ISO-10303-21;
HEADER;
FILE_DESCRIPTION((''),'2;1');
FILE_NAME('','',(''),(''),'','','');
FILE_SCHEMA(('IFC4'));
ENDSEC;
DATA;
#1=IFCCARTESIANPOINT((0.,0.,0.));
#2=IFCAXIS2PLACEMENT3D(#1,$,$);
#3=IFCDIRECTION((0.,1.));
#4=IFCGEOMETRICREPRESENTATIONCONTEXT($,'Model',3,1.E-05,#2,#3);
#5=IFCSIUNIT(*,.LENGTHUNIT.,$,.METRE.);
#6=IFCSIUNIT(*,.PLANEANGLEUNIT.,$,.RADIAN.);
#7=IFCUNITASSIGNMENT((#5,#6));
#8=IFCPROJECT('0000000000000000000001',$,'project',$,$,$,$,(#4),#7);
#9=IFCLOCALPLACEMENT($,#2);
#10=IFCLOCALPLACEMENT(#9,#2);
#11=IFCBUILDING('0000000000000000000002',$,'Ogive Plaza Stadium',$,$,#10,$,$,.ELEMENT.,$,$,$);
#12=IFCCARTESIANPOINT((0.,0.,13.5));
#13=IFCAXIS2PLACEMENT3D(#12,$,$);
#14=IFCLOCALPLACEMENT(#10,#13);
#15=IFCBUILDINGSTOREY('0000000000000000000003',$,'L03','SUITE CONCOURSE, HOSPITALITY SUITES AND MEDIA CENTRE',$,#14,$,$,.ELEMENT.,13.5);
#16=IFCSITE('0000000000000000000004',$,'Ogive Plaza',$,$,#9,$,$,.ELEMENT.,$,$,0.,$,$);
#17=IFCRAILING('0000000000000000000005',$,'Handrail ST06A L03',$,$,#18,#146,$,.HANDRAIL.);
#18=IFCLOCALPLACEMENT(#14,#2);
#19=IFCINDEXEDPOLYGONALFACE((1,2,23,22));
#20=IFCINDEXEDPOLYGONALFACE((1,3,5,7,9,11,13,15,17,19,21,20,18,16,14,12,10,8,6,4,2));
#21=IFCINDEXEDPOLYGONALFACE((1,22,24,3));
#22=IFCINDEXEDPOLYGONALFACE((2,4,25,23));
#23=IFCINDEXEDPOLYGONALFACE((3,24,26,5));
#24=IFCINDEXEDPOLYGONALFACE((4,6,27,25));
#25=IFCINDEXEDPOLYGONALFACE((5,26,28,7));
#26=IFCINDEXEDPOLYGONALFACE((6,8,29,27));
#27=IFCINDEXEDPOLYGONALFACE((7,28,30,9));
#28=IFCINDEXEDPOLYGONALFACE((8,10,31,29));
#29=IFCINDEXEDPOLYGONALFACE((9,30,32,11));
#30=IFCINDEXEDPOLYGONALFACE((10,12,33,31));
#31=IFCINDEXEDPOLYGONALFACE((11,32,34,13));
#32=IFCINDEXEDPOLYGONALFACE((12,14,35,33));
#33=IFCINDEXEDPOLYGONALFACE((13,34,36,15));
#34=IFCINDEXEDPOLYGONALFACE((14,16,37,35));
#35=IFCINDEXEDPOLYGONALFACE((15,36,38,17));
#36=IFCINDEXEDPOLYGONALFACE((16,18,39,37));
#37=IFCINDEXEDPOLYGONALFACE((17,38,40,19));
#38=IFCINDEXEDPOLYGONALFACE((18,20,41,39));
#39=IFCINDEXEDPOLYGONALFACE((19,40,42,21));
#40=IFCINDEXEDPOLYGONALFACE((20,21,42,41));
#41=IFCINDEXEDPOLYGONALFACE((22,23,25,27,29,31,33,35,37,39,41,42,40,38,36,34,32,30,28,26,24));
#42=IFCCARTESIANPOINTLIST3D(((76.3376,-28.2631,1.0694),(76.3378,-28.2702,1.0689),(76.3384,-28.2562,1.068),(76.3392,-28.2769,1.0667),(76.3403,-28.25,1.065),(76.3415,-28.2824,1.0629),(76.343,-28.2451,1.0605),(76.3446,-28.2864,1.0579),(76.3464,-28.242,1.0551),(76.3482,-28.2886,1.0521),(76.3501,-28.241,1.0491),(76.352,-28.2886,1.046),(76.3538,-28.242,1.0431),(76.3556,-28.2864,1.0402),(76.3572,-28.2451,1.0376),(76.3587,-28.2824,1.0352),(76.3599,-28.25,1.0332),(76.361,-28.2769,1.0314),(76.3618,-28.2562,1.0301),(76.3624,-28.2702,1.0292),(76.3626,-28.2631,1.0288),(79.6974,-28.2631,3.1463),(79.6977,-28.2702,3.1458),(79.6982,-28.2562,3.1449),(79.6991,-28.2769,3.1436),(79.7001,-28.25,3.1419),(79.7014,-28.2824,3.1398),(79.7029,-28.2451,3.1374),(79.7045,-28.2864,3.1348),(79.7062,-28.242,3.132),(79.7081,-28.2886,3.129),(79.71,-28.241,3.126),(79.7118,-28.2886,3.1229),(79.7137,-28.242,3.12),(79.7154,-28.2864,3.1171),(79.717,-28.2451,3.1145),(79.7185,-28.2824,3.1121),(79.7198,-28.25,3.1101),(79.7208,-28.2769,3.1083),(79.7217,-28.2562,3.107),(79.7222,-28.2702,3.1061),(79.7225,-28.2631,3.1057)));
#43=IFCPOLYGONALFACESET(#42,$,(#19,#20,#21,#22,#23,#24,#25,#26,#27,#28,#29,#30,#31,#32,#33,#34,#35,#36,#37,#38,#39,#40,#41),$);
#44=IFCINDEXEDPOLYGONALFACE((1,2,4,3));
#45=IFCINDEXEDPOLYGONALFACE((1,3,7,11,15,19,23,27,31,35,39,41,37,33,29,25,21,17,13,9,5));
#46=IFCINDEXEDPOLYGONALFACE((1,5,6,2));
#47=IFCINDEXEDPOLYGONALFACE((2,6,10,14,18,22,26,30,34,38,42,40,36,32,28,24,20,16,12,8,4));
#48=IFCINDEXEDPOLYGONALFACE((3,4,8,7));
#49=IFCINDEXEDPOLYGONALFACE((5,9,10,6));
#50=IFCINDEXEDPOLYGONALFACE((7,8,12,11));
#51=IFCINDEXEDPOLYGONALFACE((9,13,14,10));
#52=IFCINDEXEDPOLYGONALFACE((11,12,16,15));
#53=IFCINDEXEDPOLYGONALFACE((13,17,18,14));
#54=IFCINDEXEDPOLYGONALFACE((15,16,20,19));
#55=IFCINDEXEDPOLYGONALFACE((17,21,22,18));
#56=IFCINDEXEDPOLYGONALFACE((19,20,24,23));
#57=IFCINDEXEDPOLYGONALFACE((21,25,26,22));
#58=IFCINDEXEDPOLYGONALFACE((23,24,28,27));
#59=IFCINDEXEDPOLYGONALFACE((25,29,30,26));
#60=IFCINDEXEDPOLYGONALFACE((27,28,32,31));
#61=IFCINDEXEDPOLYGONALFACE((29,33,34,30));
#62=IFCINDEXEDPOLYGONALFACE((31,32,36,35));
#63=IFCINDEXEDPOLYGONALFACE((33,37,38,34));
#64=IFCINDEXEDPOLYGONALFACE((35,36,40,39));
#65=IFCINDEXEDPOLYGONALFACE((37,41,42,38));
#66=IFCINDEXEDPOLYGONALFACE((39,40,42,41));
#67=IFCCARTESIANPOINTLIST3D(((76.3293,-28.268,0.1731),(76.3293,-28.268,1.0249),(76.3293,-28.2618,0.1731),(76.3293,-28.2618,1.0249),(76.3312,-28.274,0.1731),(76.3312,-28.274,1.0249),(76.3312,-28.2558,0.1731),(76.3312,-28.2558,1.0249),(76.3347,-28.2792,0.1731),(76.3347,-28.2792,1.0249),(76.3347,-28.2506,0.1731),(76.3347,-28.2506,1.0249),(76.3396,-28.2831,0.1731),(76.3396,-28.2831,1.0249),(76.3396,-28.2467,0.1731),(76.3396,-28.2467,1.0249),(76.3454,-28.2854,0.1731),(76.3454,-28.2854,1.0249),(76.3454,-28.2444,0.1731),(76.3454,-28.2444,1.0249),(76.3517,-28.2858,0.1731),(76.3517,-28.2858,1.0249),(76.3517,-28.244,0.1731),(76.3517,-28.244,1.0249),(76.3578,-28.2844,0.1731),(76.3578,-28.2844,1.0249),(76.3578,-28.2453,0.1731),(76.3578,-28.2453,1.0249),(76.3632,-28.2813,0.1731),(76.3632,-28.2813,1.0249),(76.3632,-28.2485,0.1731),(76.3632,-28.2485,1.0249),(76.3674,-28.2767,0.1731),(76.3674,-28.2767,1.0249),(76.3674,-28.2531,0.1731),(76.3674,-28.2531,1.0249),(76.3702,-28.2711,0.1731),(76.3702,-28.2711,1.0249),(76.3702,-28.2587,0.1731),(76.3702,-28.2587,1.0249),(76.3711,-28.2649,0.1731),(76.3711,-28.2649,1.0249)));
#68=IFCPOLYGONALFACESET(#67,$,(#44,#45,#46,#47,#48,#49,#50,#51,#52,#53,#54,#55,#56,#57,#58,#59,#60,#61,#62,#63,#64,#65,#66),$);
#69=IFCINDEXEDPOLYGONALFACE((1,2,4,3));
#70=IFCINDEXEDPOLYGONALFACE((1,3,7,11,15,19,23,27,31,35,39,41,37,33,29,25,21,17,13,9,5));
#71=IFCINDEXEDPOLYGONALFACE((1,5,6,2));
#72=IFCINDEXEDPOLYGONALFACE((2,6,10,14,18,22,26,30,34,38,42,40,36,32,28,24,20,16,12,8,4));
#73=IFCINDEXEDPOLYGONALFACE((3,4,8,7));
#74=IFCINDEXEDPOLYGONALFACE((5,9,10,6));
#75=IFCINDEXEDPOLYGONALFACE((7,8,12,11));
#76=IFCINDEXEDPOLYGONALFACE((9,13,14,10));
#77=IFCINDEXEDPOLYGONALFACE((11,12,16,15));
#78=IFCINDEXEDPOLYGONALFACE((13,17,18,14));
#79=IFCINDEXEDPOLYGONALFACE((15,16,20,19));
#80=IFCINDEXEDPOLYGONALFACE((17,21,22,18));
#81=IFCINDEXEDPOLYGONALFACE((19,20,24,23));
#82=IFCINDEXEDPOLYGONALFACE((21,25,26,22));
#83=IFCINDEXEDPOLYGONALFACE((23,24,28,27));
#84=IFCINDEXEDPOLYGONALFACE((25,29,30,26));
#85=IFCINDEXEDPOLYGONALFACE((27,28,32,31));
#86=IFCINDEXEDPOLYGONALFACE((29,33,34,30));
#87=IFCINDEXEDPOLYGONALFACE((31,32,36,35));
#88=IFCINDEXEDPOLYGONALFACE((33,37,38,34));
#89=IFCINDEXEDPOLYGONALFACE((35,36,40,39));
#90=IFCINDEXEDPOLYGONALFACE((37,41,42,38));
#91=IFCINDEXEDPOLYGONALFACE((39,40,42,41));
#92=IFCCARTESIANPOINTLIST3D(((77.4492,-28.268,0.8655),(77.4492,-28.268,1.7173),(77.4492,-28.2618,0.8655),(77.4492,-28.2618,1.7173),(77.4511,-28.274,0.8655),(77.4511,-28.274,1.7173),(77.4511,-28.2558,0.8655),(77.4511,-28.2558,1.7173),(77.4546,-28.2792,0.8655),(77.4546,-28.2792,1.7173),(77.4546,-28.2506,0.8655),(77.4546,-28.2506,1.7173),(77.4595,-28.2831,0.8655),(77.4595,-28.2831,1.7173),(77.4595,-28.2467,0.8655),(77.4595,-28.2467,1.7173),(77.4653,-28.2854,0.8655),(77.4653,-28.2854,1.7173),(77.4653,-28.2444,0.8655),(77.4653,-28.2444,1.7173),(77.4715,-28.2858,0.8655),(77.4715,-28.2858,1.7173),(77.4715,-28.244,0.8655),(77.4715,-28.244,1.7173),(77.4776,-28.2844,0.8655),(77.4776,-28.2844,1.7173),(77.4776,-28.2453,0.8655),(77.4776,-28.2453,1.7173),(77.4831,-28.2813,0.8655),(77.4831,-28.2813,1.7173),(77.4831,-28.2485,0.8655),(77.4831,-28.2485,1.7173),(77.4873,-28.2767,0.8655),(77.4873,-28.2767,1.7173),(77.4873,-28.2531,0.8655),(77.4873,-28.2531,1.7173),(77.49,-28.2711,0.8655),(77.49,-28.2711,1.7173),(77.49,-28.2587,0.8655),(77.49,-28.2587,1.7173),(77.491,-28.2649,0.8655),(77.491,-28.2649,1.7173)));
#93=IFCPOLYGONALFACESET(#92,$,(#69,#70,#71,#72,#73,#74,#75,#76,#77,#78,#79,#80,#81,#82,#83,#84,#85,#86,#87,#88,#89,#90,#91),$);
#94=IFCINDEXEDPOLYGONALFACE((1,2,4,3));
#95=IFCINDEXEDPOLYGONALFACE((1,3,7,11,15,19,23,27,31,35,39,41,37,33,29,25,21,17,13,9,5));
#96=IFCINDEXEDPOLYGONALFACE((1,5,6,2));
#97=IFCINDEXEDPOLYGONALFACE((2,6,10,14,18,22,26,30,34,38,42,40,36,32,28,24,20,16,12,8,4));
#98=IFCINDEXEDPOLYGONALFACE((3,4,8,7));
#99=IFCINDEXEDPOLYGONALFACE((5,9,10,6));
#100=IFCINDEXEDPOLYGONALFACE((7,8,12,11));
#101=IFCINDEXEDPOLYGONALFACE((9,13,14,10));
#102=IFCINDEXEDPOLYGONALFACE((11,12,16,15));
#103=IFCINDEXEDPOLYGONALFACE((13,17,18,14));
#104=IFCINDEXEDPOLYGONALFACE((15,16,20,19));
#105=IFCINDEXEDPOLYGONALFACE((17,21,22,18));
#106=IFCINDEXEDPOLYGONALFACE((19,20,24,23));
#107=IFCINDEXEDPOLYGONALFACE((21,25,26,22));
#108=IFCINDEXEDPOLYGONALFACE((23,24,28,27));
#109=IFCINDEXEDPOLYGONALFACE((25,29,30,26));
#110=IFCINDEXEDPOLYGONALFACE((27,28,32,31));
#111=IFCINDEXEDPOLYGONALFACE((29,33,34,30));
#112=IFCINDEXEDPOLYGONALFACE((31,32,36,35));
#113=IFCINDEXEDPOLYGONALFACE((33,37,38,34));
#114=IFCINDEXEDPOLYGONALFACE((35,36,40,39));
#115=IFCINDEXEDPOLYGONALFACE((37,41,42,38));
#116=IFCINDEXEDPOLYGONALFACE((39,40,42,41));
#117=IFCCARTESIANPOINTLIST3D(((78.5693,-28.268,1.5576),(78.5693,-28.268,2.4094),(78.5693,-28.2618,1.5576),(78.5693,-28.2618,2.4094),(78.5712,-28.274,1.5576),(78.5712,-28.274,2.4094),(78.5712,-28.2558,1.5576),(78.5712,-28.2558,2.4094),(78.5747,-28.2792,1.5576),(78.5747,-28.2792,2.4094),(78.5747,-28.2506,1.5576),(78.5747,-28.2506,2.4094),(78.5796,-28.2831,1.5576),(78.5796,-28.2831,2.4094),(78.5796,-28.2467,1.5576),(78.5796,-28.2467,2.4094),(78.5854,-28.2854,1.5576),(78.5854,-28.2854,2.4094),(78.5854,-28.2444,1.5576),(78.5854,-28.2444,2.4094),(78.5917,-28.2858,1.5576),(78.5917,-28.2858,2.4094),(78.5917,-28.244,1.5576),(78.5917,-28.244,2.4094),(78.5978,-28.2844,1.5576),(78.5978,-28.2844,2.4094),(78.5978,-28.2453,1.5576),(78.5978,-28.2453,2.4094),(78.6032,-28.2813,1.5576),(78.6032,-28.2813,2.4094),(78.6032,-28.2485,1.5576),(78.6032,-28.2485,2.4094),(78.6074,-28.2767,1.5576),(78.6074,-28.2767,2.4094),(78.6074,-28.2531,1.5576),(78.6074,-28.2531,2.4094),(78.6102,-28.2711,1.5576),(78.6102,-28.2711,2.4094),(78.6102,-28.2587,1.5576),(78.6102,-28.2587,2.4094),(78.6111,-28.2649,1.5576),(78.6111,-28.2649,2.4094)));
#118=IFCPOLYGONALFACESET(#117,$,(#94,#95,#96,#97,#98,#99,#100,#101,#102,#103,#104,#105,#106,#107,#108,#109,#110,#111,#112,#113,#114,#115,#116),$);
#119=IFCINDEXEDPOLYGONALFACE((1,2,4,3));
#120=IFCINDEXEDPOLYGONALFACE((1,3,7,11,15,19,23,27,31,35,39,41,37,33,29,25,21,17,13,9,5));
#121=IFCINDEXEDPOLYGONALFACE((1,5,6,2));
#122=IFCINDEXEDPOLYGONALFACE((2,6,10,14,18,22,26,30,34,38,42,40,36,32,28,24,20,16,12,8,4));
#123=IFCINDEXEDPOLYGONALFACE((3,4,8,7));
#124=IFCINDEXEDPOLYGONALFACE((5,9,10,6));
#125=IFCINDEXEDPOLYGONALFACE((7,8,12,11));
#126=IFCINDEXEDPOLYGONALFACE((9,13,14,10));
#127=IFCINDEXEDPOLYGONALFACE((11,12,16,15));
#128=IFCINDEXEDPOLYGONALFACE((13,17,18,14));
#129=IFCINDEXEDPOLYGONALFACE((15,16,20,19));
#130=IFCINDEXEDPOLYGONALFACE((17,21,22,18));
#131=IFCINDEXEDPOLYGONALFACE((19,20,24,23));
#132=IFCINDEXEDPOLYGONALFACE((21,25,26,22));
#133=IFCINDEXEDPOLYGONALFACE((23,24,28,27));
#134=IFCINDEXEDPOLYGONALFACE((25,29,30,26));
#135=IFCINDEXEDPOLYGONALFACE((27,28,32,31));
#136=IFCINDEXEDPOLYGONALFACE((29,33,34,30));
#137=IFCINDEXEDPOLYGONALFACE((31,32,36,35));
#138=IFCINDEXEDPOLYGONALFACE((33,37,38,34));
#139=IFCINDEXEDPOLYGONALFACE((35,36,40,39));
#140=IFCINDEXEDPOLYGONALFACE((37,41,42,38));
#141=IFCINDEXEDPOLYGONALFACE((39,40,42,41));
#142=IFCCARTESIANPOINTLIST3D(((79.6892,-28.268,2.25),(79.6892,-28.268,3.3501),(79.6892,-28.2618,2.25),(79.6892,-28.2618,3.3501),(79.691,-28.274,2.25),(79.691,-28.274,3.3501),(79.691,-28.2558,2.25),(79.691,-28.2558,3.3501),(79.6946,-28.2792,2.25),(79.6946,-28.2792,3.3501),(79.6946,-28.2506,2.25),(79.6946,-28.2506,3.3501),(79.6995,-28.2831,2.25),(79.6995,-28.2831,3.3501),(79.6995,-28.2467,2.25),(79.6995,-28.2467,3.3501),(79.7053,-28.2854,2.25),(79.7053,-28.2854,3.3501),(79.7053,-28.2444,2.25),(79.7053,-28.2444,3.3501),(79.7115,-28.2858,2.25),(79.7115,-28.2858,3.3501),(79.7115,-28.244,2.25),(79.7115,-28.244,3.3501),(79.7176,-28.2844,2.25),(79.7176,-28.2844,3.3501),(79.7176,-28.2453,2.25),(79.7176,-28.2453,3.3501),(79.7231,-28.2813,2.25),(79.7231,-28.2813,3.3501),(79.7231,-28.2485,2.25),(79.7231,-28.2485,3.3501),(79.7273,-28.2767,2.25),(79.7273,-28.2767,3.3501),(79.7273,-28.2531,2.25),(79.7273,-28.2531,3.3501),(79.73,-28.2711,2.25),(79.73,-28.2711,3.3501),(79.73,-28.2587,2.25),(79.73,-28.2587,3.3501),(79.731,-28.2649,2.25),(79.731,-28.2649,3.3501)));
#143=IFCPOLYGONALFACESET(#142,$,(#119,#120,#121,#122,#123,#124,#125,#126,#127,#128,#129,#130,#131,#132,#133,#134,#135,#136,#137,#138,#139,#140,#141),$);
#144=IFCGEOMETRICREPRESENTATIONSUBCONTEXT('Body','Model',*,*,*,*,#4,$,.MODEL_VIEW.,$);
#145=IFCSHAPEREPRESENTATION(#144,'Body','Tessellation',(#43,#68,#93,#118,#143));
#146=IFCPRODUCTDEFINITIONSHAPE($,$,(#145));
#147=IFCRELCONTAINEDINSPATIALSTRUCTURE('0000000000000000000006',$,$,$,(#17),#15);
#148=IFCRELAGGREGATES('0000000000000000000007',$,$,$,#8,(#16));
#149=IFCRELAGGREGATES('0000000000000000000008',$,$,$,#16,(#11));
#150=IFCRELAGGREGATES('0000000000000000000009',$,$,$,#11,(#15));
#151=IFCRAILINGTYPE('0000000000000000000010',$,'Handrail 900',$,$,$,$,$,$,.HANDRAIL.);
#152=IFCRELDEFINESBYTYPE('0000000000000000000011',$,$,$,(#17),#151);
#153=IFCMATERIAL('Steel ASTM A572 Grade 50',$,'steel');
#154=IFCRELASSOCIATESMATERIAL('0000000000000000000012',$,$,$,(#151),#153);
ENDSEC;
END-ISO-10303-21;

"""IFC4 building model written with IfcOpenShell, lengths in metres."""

from ifc_helpers import new_model, si_unit, direction, frame, origin, origin_2d, place, context, subcontext, project, spatial, circle, extrude, material, type_object, element, save


model = new_model("IFC4")

# Units and contexts
model_context = context("Model", 3, precision=1e-05, world=origin(), true_north=direction((0.0, 1.0)))
body_context = subcontext(model_context, "Body", "Model", "MODEL_VIEW")
ifc_project = project(units=[si_unit("LENGTHUNIT", "METRE"), si_unit("PLANEANGLEUNIT", "RADIAN")], contexts=[model_context])

# Site, building, storey
site_placement = place(None, origin())
site = spatial("IfcSite", under=ifc_project, at=site_placement, Name="Ogive Plaza", CompositionType="ELEMENT", RefElevation=0.0)
building_placement = place(site_placement, origin())
building = spatial("IfcBuilding", under=site, at=building_placement, Name="Ogive Plaza Stadium", CompositionType="ELEMENT")
storey_placement = place(building_placement, frame((0.0, 0.0, 13.5)))
storey = spatial("IfcBuildingStorey", under=building, at=storey_placement, Name="L03", Description="SUITE CONCOURSE, HOSPITALITY SUITES AND MEDIA CENTRE", CompositionType="ELEMENT", Elevation=13.5)

# Railing
ifc_material_1 = material(Name="Steel ASTM A572 Grade 50", Category="steel")
railing_type_1 = type_object("IfcRailingType", Name="Handrail 900", PredefinedType="HANDRAIL", material=ifc_material_1)
for number, where, name in (
    (1, (76.3501, -28.2649, 0.1731), "Handrail ST06A L03"),
):
    element("IfcRailing", number, at=place(storey_placement, frame(where)), inside=storey, type_object=railing_type_1, Name=name, PredefinedType="HANDRAIL", context=body_context, shape_type="SweptSolid", body=[
        extrude(circle(Radius=0.0239, at=origin_2d()), frame((0.0, 0.0, 0.876), z_axis=(0.850606, 0.0, 0.525803), x_axis=(0.0, 1.0, 0.0)), (0.0, 0.0, 1.0), 3.95),
        extrude(circle(Radius=0.021, at=origin_2d()), origin(), (0.0, 0.0, 1.0), 0.8518),
        extrude(circle(Radius=0.021, at=origin_2d()), frame((1.1199, 0.0, 0.6924)), (0.0, 0.0, 1.0), 0.8518),
        extrude(circle(Radius=0.021, at=origin_2d()), frame((2.24, 0.0, 1.3845)), (0.0, 0.0, 1.0), 0.8518),
        extrude(circle(Radius=0.021, at=origin_2d()), frame((3.3599, 0.0, 2.0769)), (0.0, 0.0, 1.0), 1.1001),
    ])

save(model, "model.ifc")
